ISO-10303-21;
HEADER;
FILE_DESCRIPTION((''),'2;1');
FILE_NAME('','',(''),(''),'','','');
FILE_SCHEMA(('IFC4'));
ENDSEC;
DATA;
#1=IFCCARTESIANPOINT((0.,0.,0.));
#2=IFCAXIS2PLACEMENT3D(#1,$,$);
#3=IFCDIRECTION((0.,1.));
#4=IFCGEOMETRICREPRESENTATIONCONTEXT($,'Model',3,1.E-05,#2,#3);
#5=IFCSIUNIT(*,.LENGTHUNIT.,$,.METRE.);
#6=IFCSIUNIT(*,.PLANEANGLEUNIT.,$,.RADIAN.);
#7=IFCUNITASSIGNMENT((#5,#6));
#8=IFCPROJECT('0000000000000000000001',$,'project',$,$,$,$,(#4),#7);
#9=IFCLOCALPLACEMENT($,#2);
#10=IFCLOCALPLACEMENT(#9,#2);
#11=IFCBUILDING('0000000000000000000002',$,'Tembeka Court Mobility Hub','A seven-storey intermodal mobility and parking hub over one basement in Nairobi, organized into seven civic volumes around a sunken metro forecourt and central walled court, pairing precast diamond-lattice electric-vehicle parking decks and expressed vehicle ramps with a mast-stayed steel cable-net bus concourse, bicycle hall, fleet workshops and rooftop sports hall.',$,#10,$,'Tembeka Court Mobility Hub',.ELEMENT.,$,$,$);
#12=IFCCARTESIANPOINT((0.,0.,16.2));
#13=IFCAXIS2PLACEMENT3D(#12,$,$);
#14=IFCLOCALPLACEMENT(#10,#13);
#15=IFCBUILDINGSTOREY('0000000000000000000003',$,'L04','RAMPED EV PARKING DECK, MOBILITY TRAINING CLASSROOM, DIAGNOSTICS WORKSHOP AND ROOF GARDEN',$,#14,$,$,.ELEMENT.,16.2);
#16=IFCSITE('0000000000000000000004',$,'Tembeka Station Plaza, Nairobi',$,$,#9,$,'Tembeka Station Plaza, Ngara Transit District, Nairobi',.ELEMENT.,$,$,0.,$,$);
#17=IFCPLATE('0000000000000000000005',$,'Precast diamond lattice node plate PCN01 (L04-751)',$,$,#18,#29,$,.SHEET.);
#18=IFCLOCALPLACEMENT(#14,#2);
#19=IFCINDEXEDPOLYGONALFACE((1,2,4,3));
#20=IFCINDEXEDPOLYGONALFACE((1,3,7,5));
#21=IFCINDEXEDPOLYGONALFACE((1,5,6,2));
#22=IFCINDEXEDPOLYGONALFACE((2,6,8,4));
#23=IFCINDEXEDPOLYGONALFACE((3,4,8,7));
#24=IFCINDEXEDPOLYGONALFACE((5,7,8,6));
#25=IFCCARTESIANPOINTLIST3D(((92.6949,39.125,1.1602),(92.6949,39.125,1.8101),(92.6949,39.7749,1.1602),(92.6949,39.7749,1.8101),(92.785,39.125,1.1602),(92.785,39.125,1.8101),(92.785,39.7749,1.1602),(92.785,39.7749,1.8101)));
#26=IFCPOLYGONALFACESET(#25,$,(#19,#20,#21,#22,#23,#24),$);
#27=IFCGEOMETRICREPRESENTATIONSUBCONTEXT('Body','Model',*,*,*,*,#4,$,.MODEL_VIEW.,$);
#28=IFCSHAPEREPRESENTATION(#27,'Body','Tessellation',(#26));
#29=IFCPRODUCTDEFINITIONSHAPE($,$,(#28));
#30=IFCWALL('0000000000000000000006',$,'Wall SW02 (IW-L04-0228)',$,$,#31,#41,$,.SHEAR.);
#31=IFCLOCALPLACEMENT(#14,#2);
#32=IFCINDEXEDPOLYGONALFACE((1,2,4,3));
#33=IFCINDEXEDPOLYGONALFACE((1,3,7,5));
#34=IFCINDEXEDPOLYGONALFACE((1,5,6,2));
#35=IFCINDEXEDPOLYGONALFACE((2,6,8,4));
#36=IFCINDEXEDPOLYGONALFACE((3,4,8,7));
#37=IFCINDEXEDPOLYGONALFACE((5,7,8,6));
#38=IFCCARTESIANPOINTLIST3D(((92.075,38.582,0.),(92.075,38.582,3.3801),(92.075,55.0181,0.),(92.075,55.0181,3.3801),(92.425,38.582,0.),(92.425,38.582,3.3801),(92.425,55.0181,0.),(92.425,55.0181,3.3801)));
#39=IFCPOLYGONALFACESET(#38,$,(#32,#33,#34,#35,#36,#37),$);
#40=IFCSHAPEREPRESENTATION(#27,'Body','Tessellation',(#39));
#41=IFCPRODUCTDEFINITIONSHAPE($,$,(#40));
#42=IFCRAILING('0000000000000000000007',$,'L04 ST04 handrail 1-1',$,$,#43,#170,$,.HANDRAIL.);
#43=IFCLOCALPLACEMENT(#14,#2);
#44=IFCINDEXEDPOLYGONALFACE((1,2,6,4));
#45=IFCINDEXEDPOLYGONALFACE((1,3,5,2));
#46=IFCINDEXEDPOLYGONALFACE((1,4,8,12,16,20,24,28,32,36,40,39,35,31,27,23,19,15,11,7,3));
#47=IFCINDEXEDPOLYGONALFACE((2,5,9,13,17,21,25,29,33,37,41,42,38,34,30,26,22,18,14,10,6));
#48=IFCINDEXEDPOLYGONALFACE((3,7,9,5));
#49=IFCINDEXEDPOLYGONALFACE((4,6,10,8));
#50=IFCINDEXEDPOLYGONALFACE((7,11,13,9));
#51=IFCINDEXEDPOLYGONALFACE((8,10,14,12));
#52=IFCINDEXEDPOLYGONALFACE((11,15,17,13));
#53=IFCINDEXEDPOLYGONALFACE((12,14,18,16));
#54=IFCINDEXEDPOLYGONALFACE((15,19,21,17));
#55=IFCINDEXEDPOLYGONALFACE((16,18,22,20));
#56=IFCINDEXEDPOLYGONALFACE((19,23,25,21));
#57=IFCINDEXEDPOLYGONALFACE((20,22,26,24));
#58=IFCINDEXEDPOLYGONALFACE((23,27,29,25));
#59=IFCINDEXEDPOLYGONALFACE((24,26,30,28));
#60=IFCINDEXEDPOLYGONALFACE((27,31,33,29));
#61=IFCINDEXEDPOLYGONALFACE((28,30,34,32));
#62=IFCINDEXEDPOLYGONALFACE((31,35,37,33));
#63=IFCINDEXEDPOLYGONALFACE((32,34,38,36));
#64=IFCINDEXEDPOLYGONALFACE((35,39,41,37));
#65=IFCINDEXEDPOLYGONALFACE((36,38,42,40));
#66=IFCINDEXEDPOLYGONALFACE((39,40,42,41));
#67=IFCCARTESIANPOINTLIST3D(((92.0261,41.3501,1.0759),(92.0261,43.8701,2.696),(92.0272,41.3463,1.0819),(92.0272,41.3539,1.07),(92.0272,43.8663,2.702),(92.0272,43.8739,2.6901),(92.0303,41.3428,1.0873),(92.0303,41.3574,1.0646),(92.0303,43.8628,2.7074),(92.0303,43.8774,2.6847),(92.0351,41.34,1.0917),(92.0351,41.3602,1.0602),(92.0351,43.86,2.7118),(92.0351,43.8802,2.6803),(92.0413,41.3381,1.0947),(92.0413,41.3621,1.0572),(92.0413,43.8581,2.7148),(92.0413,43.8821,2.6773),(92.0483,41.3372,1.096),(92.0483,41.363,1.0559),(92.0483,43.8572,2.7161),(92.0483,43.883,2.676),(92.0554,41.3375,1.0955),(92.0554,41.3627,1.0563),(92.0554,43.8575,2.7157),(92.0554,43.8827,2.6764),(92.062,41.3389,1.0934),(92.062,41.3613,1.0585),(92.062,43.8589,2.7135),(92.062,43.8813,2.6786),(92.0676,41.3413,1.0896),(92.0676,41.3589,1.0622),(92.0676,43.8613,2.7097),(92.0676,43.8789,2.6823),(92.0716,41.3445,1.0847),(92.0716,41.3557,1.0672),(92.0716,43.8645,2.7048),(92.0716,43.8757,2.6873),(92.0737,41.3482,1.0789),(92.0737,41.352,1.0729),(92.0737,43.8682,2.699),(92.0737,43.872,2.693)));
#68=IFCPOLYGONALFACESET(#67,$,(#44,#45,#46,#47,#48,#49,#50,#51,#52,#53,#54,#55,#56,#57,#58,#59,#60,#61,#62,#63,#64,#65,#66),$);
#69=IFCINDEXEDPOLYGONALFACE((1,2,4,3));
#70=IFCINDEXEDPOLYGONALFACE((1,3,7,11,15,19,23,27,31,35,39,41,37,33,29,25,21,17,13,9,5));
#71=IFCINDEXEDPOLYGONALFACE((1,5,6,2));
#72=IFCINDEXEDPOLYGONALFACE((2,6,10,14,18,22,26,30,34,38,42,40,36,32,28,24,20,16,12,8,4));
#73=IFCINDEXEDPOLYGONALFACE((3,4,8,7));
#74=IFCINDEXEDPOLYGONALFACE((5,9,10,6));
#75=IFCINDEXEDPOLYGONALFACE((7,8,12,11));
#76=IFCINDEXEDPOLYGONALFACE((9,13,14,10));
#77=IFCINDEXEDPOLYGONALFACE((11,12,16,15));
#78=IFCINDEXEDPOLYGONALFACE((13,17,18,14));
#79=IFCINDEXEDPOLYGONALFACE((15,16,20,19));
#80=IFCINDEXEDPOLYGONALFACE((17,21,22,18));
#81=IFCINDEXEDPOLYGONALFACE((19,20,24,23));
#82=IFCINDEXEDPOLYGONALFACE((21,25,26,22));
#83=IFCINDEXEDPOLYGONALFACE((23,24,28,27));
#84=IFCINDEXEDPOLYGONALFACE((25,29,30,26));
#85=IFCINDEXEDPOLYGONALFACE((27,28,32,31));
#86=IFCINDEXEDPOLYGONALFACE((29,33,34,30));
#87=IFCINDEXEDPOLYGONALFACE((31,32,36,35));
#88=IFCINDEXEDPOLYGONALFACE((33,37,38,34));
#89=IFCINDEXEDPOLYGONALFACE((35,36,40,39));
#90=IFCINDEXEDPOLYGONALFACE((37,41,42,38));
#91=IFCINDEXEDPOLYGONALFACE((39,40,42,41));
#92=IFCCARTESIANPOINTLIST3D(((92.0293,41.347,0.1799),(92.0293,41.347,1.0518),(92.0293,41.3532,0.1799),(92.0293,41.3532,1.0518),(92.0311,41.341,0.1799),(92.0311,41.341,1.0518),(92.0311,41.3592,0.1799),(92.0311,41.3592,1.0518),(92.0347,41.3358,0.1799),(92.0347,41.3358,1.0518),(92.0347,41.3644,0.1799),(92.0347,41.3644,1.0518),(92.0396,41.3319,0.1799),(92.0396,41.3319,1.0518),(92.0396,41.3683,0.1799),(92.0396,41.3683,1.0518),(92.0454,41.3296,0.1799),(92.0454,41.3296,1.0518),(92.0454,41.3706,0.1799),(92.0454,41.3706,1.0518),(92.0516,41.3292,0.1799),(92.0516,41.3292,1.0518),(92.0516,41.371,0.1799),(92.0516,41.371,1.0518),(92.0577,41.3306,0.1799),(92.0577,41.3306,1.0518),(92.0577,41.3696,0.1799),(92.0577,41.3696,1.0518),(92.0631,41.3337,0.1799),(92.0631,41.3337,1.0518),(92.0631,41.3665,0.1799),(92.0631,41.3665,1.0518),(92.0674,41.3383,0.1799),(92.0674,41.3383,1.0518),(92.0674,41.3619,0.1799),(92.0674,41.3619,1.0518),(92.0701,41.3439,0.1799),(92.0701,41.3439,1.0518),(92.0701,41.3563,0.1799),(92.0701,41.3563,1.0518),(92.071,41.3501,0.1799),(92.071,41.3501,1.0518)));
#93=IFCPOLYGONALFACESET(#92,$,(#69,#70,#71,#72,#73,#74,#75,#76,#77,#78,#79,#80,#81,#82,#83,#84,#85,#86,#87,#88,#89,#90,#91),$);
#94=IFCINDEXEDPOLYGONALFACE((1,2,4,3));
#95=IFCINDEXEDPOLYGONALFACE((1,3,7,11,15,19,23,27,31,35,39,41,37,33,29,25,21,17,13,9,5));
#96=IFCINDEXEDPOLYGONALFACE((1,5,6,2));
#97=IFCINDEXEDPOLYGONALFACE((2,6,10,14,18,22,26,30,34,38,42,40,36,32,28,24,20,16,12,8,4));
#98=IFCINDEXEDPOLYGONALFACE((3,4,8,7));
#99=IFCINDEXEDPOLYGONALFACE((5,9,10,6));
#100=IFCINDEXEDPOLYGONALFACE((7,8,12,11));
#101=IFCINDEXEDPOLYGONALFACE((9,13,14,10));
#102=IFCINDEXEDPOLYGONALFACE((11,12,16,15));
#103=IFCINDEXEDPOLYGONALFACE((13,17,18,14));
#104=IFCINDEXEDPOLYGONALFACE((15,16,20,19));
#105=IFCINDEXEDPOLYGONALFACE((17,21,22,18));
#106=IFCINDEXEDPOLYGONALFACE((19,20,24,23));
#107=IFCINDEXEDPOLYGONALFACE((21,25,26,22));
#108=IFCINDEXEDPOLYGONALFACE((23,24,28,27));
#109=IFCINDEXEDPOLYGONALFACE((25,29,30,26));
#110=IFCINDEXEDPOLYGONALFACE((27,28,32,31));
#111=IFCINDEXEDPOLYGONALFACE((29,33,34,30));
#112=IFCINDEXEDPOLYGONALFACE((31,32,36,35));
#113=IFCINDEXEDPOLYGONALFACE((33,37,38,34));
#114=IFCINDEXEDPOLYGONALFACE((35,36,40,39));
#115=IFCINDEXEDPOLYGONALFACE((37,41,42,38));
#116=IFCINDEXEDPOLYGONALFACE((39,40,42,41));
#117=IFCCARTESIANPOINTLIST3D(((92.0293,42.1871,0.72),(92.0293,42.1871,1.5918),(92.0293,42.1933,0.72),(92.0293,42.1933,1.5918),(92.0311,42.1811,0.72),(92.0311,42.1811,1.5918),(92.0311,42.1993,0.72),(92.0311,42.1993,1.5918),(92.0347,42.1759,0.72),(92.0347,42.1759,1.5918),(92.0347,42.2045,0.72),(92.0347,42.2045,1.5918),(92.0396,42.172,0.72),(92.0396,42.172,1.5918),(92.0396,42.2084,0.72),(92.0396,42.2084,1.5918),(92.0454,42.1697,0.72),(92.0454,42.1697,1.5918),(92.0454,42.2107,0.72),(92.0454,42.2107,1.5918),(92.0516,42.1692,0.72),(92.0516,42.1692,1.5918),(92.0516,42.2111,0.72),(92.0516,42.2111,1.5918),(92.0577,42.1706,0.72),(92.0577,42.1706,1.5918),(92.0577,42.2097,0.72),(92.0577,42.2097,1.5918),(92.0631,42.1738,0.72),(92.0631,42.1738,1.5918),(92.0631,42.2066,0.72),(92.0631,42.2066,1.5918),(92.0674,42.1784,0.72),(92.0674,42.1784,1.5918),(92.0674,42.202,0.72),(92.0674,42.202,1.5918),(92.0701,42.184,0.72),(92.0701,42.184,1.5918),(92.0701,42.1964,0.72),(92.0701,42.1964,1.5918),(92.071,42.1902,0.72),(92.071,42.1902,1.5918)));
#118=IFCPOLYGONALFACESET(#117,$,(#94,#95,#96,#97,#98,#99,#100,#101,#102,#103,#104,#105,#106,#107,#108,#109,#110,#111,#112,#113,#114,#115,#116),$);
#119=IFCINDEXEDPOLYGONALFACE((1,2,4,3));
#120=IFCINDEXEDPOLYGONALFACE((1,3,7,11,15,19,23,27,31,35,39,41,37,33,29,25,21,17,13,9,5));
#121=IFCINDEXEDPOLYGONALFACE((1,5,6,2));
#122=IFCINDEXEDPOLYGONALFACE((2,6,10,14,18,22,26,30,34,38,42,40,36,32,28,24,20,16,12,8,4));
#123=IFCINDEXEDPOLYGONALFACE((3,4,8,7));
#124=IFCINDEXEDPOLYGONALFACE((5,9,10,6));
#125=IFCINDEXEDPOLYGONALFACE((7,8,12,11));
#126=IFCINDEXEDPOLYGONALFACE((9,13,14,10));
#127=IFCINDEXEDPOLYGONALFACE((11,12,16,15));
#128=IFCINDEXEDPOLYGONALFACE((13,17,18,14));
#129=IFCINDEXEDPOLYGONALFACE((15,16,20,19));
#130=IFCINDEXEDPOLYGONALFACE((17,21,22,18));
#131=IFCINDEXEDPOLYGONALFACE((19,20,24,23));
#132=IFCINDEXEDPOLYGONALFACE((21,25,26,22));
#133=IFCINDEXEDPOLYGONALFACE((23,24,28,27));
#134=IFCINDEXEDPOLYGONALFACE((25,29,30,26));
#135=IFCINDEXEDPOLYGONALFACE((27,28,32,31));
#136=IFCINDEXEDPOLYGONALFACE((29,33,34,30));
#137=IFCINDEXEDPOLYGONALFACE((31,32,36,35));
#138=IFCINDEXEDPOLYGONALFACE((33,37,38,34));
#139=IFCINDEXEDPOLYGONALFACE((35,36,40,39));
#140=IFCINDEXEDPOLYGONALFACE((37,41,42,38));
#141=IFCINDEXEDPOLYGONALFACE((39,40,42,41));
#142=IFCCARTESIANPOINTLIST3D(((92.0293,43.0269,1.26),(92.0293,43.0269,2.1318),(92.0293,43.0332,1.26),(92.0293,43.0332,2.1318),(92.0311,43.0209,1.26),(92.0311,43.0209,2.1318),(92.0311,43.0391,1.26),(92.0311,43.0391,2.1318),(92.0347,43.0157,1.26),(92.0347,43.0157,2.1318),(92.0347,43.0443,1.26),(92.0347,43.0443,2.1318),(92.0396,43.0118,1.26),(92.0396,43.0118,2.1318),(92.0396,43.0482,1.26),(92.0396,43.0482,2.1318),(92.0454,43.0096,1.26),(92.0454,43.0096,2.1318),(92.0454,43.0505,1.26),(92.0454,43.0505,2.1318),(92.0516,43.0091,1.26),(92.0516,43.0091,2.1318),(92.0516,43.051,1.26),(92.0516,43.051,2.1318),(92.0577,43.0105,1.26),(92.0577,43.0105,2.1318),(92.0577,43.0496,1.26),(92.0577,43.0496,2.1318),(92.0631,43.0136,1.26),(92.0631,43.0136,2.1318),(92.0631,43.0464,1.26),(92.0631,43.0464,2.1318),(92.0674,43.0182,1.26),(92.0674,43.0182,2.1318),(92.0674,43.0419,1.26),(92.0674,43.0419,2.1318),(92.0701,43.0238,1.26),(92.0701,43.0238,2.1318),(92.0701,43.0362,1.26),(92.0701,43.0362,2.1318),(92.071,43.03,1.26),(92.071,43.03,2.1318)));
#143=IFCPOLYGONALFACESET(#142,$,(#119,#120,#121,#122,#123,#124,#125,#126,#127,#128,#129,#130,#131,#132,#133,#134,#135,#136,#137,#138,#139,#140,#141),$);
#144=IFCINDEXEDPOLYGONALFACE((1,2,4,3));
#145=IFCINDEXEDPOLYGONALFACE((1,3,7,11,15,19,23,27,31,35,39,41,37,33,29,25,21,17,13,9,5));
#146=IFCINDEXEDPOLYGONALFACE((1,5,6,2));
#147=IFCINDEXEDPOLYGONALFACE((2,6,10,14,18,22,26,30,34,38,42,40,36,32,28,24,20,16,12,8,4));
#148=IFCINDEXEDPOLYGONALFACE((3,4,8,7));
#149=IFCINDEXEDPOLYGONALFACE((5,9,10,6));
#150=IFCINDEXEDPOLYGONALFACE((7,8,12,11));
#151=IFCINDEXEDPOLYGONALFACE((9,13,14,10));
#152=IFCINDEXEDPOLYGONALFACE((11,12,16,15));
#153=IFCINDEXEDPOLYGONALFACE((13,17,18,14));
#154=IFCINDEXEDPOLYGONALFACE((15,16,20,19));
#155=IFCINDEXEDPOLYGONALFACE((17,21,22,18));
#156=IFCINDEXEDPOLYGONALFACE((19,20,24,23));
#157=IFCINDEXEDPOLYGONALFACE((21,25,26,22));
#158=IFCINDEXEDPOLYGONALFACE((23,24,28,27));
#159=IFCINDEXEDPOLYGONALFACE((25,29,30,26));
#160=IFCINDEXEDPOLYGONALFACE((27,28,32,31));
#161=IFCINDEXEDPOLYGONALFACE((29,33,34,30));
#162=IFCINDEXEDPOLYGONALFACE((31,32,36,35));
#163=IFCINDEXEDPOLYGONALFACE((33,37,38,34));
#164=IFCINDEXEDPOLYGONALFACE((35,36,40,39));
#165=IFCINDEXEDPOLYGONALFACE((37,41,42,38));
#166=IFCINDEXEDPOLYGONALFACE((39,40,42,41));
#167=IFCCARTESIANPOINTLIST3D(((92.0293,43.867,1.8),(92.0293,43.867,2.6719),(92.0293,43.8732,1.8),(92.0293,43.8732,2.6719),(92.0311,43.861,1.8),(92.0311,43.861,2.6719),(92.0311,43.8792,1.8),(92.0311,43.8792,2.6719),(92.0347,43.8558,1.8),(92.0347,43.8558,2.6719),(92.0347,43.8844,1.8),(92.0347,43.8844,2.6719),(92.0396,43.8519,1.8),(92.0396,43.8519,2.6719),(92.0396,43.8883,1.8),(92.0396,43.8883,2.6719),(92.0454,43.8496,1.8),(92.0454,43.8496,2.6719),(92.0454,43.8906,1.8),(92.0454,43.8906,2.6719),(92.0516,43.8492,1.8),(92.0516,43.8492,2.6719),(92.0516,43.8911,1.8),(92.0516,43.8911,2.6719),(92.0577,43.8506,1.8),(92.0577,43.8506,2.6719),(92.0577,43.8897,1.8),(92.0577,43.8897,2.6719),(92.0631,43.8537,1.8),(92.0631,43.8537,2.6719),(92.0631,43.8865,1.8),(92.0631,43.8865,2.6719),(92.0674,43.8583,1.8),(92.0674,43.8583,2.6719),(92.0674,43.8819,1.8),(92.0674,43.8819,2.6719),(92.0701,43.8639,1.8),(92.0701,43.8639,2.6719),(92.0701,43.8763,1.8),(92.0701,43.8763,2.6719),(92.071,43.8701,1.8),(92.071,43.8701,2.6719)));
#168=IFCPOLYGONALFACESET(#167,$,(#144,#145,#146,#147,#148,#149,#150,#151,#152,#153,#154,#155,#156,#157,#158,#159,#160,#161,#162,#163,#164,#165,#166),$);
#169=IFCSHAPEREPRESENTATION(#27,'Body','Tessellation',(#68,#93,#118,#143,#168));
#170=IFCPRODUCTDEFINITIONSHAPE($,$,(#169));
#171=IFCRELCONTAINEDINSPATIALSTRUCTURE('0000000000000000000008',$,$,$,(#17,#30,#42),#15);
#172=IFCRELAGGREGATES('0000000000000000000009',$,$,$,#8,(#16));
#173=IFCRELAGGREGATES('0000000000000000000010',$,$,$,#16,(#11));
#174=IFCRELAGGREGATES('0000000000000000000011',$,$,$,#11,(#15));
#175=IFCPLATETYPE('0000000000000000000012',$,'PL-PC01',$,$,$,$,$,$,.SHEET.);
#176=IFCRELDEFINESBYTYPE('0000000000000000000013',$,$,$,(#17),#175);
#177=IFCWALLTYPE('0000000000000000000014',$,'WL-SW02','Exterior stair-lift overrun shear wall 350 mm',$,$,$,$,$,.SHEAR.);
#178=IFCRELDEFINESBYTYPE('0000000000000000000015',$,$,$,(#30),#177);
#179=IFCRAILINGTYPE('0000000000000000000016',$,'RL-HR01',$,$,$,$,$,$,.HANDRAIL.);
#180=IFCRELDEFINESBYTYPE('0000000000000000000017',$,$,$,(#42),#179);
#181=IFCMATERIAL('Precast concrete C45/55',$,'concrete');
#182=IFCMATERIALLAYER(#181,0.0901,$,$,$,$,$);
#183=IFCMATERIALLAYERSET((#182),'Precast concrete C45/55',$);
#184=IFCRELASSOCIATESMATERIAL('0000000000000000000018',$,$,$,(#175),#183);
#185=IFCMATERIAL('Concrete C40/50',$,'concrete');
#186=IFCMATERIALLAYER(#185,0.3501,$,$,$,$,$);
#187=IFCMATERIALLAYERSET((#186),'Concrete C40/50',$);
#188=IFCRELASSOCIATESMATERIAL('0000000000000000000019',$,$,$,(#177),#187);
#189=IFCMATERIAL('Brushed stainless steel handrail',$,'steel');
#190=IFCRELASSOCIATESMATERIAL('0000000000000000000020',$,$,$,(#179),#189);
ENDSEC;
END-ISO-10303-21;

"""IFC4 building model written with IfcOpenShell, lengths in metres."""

from ifc_helpers import new_model, si_unit, direction, frame, frame_2d, origin, origin_2d, place, context, subcontext, project, spatial, rectangle, circle, extrude, material, layer, layer_set, type_object, element, save


model = new_model("IFC4")

# Units and contexts
model_context = context("Model", 3, precision=1e-05, world=origin(), true_north=direction((0.0, 1.0)))
body_context = subcontext(model_context, "Body", "Model", "MODEL_VIEW")
ifc_project = project(units=[si_unit("LENGTHUNIT", "METRE"), si_unit("PLANEANGLEUNIT", "RADIAN")], contexts=[model_context])

# Site, building, storey
site_placement = place(None, origin())
site = spatial("IfcSite", under=ifc_project, at=site_placement, Name="Tembeka Station Plaza, Nairobi", LongName="Tembeka Station Plaza, Ngara Transit District, Nairobi", CompositionType="ELEMENT", RefElevation=0.0)
building_placement = place(site_placement, origin())
building = spatial("IfcBuilding", under=site, at=building_placement, Name="Tembeka Court Mobility Hub", Description="A seven-storey intermodal mobility and parking hub over one basement in Nairobi, organized into seven civic volumes around a sunken metro forecourt and central walled court, pairing precast diamond-lattice electric-vehicle parking decks and expressed vehicle ramps with a mast-stayed steel cable-net bus concourse, bicycle hall, fleet workshops and rooftop sports hall.", LongName="Tembeka Court Mobility Hub", CompositionType="ELEMENT")
storey_placement = place(building_placement, frame((0.0, 0.0, 16.2)))
storey = spatial("IfcBuildingStorey", under=building, at=storey_placement, Name="L04", Description="RAMPED EV PARKING DECK, MOBILITY TRAINING CLASSROOM, DIAGNOSTICS WORKSHOP AND ROOF GARDEN", CompositionType="ELEMENT", Elevation=16.2)

# Shared definitions
ifc_material_1 = material(Name="Precast concrete C45/55", Category="concrete")

# Plate
ifc_layer_1 = layer(ifc_material_1, 0.0901)
ifc_layer_set_1 = layer_set([ifc_layer_1], Name="Precast concrete C45/55")
plate_type = type_object("IfcPlateType", Name="PL-PC01", PredefinedType="SHEET", material=ifc_layer_set_1)
for number, where, z_axis, x_axis, name in (
    (1, (92.74, 39.45, 1.1602), (0.0, 0.0, 1.0), (1.0, 0.0, 0.0), "Precast diamond lattice node plate PCN01 (L04-751)"),
):
    element("IfcPlate", number, at=place(storey_placement, frame(where, z_axis=z_axis, x_axis=x_axis)), inside=storey, type_object=plate_type, Name=name, PredefinedType="SHEET", context=body_context, shape_type="SweptSolid", body=[
        extrude(rectangle(XDim=0.0901, YDim=0.6499, at=origin_2d()), origin(), (0.0, 0.0, 1.0), 0.6499),
    ])

# Wall
ifc_material_2 = material(Name="Concrete C40/50", Category="concrete")
ifc_layer_2 = layer(ifc_material_2, 0.3501)
ifc_layer_set_2 = layer_set([ifc_layer_2], Name="Concrete C40/50")
wall_type = type_object("IfcWallType", Name="WL-SW02", Description="Exterior stair-lift overrun shear wall 350 mm", PredefinedType="SHEAR", material=ifc_layer_set_2)
wall_placement = place(storey_placement, frame((92.25, 38.582, 0.0), z_axis=(0.0, 0.0, 1.0), x_axis=(0.0, 1.0, 0.0)))
element("IfcWall", 2, at=wall_placement, inside=storey, type_object=wall_type, Name="Wall SW02 (IW-L04-0228)", PredefinedType="SHEAR", context=body_context, shape_type="SweptSolid", body=[
    extrude(rectangle(XDim=16.436, YDim=0.3501, at=frame_2d((8.218, 0.0))), origin(), (0.0, 0.0, 1.0), 3.3801),
])

# Railing
ifc_material_3 = material(Name="Brushed stainless steel handrail", Category="steel")
railing_type = type_object("IfcRailingType", Name="RL-HR01", PredefinedType="HANDRAIL", material=ifc_material_3)
railing_placement = place(storey_placement, frame((92.05, 41.3501, 0.1799)))
element("IfcRailing", 3, at=railing_placement, inside=storey, type_object=railing_type, Name="L04 ST04 handrail 1-1", PredefinedType="HANDRAIL", context=body_context, shape_type="SweptSolid", body=[
    extrude(circle(Radius=0.0239, at=origin_2d()), frame((0.0, 0.0, 0.896), z_axis=(0.0, 0.841163, 0.540782), x_axis=(-1.0, 0.0, 0.0)), (0.0, 0.0, 1.0), 2.9958),
    extrude(circle(Radius=0.021, at=origin_2d()), origin(), (0.0, 0.0, 1.0), 0.8718),
    extrude(circle(Radius=0.021, at=origin_2d()), frame((0.0, 0.8401, 0.54)), (0.0, 0.0, 1.0), 0.8718),
    extrude(circle(Radius=0.021, at=origin_2d()), frame((0.0, 1.6799, 1.0801)), (0.0, 0.0, 1.0), 0.8718),
    extrude(circle(Radius=0.021, at=origin_2d()), frame((0.0, 2.52, 1.6201)), (0.0, 0.0, 1.0), 0.8718),
])

save(model, "model.ifc")
